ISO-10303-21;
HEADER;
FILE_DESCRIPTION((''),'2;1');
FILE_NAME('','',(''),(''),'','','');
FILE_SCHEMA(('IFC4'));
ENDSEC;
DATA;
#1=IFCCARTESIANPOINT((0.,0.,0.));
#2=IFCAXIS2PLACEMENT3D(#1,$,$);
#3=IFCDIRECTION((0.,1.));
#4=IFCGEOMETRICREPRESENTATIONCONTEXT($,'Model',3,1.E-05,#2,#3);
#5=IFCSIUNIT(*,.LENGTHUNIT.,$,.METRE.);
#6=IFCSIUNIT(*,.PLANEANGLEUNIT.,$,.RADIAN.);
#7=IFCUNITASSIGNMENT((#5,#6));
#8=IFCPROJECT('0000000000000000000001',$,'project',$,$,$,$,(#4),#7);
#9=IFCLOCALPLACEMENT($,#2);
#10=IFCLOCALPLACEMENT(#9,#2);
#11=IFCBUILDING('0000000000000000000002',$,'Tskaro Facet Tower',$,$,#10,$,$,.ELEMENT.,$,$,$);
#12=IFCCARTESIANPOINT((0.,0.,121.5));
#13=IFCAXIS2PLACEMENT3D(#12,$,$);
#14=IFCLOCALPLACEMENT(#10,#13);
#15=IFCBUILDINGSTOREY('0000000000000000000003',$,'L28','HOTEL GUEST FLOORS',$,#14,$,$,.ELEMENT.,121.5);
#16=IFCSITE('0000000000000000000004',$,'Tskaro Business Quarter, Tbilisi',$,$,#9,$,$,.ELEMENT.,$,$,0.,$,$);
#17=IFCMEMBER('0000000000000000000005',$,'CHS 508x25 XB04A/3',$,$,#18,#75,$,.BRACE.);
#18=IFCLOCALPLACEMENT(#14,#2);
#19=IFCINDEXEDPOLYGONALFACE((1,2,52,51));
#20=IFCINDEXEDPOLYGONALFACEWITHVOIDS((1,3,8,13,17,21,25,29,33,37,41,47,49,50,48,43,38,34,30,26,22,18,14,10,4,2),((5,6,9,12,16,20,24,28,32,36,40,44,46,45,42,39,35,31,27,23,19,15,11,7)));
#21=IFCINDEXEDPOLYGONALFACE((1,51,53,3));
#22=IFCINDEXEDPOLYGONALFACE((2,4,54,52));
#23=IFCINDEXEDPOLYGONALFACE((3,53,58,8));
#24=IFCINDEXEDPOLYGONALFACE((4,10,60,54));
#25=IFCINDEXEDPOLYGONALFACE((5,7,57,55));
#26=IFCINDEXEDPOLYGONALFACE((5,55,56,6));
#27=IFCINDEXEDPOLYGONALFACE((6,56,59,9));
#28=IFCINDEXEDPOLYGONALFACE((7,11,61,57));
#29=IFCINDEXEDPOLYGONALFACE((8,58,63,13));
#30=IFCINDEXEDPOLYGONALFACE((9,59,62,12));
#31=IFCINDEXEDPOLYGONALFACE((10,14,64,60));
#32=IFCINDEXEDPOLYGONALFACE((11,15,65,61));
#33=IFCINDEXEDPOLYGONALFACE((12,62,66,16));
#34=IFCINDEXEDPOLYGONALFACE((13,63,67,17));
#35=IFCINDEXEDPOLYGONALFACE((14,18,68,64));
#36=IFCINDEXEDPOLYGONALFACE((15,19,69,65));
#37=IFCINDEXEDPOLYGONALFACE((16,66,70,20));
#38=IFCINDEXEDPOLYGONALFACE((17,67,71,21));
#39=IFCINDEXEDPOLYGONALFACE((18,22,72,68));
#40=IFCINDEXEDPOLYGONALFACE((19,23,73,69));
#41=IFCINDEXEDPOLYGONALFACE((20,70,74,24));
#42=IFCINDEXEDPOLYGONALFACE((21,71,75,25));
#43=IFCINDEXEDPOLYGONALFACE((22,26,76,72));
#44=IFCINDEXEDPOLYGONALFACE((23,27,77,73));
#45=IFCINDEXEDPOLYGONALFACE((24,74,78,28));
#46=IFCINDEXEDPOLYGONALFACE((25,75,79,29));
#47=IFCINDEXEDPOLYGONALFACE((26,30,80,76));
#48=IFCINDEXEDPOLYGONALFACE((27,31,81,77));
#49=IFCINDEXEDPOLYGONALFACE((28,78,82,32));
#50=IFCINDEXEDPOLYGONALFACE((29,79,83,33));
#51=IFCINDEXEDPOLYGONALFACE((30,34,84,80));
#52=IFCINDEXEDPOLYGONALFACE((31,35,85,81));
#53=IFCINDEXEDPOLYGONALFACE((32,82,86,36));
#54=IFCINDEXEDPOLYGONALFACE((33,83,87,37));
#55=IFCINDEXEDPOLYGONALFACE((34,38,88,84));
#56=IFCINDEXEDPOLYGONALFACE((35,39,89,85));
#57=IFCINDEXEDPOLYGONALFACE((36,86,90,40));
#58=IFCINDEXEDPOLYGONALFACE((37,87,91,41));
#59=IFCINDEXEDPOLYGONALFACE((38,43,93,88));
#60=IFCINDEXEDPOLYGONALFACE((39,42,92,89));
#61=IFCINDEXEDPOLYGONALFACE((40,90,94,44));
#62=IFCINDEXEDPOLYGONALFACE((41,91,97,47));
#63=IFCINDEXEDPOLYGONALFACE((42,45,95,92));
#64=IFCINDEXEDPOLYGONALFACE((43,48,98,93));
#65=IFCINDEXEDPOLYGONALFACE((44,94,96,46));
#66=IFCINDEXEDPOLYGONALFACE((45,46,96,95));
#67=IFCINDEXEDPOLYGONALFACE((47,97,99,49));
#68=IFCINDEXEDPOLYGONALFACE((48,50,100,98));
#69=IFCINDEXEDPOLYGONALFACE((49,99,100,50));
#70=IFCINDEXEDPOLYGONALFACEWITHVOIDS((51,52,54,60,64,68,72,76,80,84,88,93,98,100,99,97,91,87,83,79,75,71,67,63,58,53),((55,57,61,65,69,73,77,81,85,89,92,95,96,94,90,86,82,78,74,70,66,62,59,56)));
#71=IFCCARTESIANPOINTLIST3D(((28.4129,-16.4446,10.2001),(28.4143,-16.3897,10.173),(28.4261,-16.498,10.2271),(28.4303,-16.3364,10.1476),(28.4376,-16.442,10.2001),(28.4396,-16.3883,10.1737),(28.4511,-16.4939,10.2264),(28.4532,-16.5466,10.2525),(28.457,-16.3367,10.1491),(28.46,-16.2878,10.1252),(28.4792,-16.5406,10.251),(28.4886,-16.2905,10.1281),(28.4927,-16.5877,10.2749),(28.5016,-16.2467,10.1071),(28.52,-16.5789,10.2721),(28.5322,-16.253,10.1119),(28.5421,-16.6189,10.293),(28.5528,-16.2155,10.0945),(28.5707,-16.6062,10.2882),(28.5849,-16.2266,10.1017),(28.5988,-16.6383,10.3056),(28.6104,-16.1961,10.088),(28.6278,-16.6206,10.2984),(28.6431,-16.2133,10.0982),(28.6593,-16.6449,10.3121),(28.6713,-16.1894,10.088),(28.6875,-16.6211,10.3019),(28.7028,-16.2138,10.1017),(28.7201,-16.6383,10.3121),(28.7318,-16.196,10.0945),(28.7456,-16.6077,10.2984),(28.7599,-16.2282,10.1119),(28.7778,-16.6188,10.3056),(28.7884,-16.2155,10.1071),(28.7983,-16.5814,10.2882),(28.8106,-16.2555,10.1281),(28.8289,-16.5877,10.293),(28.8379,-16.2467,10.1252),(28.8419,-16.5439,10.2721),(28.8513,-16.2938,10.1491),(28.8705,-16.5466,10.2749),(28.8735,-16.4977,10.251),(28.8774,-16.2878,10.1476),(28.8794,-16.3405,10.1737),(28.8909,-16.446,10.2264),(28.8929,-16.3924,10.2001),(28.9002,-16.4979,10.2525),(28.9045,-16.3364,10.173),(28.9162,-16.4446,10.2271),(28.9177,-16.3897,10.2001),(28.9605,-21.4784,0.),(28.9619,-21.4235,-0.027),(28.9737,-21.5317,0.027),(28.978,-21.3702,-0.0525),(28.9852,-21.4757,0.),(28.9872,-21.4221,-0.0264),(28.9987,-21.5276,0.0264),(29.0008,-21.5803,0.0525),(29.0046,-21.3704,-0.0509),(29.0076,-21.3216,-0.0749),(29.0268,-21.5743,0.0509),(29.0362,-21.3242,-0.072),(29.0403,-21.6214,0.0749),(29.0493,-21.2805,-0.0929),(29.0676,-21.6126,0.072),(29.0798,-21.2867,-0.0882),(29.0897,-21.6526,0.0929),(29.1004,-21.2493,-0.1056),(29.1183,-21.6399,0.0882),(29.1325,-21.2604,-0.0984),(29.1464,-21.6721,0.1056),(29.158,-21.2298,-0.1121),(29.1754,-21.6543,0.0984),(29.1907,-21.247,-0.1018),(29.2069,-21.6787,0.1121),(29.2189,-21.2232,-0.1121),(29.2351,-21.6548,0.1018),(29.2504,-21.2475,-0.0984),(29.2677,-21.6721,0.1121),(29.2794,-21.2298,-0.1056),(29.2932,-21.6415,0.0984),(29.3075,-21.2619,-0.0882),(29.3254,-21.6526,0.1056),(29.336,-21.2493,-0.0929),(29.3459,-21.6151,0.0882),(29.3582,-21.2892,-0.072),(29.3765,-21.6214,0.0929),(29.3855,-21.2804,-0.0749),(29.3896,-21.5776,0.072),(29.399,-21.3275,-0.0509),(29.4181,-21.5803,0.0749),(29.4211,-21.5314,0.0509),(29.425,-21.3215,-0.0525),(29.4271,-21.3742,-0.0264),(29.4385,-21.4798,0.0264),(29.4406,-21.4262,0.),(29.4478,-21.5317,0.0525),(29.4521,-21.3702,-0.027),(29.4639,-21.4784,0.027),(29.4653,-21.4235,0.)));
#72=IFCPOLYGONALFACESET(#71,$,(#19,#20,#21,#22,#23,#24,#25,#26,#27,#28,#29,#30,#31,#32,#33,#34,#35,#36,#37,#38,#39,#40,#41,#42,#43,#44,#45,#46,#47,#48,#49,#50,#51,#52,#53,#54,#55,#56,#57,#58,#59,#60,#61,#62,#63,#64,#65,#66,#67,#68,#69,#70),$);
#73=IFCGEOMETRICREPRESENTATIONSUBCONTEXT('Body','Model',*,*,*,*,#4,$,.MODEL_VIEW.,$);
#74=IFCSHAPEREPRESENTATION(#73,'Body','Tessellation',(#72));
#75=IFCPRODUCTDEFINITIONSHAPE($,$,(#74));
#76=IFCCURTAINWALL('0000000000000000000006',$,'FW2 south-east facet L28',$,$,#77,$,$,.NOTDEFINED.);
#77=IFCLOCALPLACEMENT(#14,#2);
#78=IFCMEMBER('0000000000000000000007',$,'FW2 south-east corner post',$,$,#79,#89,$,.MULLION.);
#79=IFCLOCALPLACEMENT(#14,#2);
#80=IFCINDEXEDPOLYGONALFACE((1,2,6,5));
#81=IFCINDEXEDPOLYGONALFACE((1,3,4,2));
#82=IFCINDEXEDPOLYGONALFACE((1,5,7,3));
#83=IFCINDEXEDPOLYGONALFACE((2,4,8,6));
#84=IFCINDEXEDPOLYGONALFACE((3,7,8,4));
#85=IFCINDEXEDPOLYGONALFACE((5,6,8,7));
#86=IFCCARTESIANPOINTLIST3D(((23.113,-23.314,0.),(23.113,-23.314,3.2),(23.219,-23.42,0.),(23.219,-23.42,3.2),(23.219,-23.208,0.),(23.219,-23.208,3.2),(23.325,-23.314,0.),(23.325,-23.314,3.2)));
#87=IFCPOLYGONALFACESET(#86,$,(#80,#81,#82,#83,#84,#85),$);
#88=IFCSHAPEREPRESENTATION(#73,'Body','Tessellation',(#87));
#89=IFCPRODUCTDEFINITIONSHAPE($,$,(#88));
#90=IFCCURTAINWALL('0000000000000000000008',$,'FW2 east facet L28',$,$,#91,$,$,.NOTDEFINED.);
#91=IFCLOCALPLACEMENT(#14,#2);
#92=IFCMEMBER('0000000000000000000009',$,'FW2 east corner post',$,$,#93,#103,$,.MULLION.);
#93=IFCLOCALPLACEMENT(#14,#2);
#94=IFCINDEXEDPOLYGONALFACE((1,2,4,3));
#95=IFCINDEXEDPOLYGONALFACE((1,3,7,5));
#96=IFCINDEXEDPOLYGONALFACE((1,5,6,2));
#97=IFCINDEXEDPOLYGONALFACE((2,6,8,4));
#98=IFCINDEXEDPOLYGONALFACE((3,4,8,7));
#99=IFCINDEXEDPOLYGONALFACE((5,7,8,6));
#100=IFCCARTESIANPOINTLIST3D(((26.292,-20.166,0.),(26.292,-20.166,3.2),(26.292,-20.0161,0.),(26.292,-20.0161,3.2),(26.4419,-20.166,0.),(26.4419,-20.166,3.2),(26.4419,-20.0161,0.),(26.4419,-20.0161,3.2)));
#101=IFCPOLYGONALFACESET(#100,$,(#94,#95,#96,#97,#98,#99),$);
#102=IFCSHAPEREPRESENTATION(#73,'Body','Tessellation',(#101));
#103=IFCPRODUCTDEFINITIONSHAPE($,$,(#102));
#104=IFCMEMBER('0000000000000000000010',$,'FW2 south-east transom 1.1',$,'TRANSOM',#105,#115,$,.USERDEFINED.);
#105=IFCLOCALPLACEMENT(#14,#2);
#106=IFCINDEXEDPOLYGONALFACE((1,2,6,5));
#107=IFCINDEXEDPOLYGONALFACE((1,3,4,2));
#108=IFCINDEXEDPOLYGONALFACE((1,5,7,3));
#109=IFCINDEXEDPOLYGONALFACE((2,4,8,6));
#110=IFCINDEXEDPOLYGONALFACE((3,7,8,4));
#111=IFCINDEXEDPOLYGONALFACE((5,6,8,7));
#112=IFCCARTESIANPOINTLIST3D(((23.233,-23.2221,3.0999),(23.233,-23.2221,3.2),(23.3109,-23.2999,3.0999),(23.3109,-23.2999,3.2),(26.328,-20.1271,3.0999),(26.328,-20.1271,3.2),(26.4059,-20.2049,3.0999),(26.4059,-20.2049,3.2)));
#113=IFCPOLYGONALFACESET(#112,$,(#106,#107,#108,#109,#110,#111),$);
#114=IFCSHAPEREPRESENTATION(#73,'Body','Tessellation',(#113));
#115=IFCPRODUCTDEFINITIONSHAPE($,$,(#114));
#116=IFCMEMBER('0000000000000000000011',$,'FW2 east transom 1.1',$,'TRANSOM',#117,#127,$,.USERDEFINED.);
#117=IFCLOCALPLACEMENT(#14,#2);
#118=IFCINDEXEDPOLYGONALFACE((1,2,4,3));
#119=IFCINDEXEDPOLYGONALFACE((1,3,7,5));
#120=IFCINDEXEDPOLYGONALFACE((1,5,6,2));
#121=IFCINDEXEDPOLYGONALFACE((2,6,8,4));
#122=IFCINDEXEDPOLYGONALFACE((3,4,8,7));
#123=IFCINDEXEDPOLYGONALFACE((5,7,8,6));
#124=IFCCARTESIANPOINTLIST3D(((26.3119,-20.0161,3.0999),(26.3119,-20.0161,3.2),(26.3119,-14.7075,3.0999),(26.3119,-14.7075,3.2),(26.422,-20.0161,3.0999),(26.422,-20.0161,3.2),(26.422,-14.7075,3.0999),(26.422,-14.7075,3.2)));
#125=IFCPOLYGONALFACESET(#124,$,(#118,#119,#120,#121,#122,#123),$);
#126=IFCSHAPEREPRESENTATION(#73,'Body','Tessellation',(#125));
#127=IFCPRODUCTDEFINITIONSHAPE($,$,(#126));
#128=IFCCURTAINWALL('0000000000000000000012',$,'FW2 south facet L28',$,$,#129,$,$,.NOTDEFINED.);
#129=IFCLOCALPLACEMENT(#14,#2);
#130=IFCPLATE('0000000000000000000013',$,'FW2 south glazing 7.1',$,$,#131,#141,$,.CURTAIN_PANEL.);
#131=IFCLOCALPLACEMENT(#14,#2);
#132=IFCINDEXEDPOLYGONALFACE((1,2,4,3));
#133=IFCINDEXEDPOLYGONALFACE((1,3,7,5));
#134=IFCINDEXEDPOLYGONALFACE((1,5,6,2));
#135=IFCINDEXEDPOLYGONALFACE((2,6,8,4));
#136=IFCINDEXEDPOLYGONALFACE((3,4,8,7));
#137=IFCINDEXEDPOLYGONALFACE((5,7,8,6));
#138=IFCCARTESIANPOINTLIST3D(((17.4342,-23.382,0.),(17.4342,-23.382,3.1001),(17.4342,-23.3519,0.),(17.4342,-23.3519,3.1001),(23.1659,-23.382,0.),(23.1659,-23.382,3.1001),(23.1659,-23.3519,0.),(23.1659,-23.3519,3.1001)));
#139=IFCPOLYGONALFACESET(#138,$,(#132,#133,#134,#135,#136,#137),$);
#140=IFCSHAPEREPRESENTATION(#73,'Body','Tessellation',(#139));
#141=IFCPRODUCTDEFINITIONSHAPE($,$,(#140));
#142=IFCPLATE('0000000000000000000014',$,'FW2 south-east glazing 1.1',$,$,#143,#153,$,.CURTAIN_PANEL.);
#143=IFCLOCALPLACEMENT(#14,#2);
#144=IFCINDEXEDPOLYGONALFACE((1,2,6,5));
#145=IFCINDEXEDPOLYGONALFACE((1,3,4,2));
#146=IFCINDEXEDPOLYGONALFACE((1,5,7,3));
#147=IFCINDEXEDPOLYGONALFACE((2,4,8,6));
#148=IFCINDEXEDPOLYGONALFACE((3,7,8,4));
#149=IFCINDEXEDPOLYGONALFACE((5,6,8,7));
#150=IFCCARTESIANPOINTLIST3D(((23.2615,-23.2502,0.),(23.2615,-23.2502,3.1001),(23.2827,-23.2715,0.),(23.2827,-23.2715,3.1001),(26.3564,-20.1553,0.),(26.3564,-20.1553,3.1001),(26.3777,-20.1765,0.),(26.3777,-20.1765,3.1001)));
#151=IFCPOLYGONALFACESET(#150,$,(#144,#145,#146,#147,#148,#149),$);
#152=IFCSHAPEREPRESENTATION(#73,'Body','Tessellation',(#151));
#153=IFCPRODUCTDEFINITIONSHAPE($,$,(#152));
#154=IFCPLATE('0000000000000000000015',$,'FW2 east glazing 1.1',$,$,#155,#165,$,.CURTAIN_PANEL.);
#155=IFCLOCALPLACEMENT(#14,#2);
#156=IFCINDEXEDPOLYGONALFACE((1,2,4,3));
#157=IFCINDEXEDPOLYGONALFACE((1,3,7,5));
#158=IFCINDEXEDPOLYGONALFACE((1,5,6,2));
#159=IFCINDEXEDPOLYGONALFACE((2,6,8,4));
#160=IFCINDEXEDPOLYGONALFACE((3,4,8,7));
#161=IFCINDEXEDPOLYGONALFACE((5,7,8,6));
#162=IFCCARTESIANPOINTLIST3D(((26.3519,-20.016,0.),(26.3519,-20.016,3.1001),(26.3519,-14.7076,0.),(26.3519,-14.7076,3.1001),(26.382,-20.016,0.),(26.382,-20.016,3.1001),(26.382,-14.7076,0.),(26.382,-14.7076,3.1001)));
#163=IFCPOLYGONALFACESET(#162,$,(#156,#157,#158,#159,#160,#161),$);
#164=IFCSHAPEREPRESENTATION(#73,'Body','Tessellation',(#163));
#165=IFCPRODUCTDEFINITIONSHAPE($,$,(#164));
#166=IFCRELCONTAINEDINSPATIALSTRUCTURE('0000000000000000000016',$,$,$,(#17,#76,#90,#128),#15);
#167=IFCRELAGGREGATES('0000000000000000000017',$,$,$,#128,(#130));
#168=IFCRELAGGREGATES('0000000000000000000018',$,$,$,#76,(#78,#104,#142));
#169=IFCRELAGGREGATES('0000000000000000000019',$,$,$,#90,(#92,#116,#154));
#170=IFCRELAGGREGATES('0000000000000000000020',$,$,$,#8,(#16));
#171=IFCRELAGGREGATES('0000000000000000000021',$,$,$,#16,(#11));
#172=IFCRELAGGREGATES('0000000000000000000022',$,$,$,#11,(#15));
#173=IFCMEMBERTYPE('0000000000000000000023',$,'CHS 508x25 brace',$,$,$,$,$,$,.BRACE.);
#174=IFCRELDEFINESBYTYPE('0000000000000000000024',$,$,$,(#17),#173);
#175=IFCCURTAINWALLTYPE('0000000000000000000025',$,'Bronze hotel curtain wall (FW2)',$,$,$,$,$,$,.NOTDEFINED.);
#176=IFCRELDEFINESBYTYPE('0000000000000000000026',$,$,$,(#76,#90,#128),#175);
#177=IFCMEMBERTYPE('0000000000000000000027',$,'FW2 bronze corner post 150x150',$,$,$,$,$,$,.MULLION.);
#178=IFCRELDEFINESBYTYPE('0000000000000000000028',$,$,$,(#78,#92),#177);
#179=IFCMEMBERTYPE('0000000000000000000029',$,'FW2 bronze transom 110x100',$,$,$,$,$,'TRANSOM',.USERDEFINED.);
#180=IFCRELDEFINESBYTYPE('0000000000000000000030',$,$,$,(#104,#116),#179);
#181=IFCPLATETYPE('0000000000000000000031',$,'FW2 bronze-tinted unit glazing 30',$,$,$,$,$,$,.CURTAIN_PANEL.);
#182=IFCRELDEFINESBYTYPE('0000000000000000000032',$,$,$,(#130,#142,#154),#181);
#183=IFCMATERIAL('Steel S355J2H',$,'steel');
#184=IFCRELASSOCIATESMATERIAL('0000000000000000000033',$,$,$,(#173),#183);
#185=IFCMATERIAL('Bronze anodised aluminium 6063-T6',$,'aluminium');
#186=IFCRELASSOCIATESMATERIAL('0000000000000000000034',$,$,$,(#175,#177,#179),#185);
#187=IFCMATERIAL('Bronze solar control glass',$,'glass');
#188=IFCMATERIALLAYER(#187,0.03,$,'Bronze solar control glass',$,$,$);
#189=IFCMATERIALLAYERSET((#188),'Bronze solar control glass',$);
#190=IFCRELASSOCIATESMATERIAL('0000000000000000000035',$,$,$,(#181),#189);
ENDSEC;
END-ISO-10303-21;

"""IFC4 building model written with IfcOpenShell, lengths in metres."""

from ifc_helpers import new_model, si_unit, direction, frame, origin, origin_2d, place, context, subcontext, project, spatial, rectangle, hollow_circle, extrude, material, layer, layer_set, material_profile, profile_set, type_object, element, aggregate, save


model = new_model("IFC4")

# Units and contexts
model_context = context("Model", 3, precision=1e-05, world=origin(), true_north=direction((0.0, 1.0)))
body_context = subcontext(model_context, "Body", "Model", "MODEL_VIEW")
ifc_project = project(units=[si_unit("LENGTHUNIT", "METRE"), si_unit("PLANEANGLEUNIT", "RADIAN")], contexts=[model_context])

# Site, building, storey
site_placement = place(None, origin())
site = spatial("IfcSite", under=ifc_project, at=site_placement, Name="Tskaro Business Quarter, Tbilisi", CompositionType="ELEMENT", RefElevation=0.0)
building_placement = place(site_placement, origin())
building = spatial("IfcBuilding", under=site, at=building_placement, Name="Tskaro Facet Tower", CompositionType="ELEMENT")
storey_placement = place(building_placement, frame((0.0, 0.0, 121.5)))
storey = spatial("IfcBuildingStorey", under=building, at=storey_placement, Name="L28", Description="HOTEL GUEST FLOORS", CompositionType="ELEMENT", Elevation=121.5)

# Shared definitions
ifc_material_1 = material(Name="Steel S355J2H", Category="steel")

# Member
ifc_material_profile_1 = material_profile(ifc_material_1, hollow_circle(Radius=0.2539, WallThickness=0.0249, at=origin_2d()), Name="CHS 508x25")
ifc_profile_set_1 = profile_set([ifc_material_profile_1], Name="Steel S355J2H")
member_type_1 = type_object("IfcMemberType", Name="CHS 508x25 brace", PredefinedType="BRACE", material=ifc_profile_set_1)
member_1_placement = place(storey_placement, frame((29.2129, -21.4509, 0.0), z_axis=(-0.048088, 0.442034, 0.895709), x_axis=(-0.994135, -0.10815, 0.0)))
element("IfcMember", 1, at=member_1_placement, inside=storey, type_object=member_type_1, Name="CHS 508x25 XB04A/3", PredefinedType="BRACE", context=body_context, shape_type="SweptSolid", body=[
    extrude(hollow_circle(Radius=0.2539, WallThickness=0.0249, at=origin_2d()), origin(), (0.0, 0.0, 1.0), 11.3877),
])

# Curtain walls, members
ifc_material_2 = material(Name="Bronze anodised aluminium 6063-T6", Category="aluminium")
curtain_wall_type = type_object("IfcCurtainWallType", Name="Bronze hotel curtain wall (FW2)", PredefinedType="NOTDEFINED", material=ifc_material_2)
curtain_wall_1_placement = place(storey_placement, origin())
curtain_wall_1 = element("IfcCurtainWall", 2, at=curtain_wall_1_placement, inside=storey, type_object=curtain_wall_type, Name="FW2 south-east facet L28", PredefinedType="NOTDEFINED")
ifc_material_profile_2 = material_profile(ifc_material_2, rectangle(XDim=0.1499, YDim=0.1499, at=origin_2d()), Name="Corner post 150x150")
ifc_profile_set_2 = profile_set([ifc_material_profile_2], Name="Bronze anodised aluminium 6063-T6")
member_type_2 = type_object("IfcMemberType", Name="FW2 bronze corner post 150x150", PredefinedType="MULLION", material=ifc_profile_set_2)
member_2_placement = place(storey_placement, frame((23.219, -23.314, 0.0), z_axis=(0.0, 0.0, 1.0), x_axis=(0.707107, 0.707107, 0.0)))
member_2 = element("IfcMember", 3, at=member_2_placement, type_object=member_type_2, Name="FW2 south-east corner post", PredefinedType="MULLION", context=body_context, shape_type="SweptSolid", body=[
    extrude(rectangle(XDim=0.1499, YDim=0.1499, at=origin_2d()), origin(), (0.0, 0.0, 1.0), 3.2),
])
curtain_wall_2_placement = place(storey_placement, origin())
curtain_wall_2 = element("IfcCurtainWall", 4, at=curtain_wall_2_placement, inside=storey, type_object=curtain_wall_type, Name="FW2 east facet L28", PredefinedType="NOTDEFINED")
member_3_placement = place(storey_placement, frame((26.3669, -20.0911, 0.0), z_axis=(0.0, 0.0, 1.0), x_axis=(0.0, 1.0, 0.0)))
member_3 = element("IfcMember", 5, at=member_3_placement, type_object=member_type_2, Name="FW2 east corner post", PredefinedType="MULLION", context=body_context, shape_type="SweptSolid", body=[
    extrude(rectangle(XDim=0.1499, YDim=0.1499, at=origin_2d()), origin(), (0.0, 0.0, 1.0), 3.2),
])

# Members
ifc_material_profile_3 = material_profile(ifc_material_2, rectangle(XDim=0.1101, YDim=0.1001, at=origin_2d()), Name="Transom 110x100")
ifc_profile_set_3 = profile_set([ifc_material_profile_3], Name="Bronze anodised aluminium 6063-T6")
member_type_3 = type_object("IfcMemberType", Name="FW2 bronze transom 110x100", ElementType="TRANSOM", PredefinedType="USERDEFINED", material=ifc_profile_set_3)
member_4_placement = place(storey_placement, frame((23.272, -23.261, 3.1499), z_axis=(0.707107, 0.707107, 0.0), x_axis=(-0.707107, 0.707107, 0.0)))
member_4 = element("IfcMember", 6, at=member_4_placement, type_object=member_type_3, Name="FW2 south-east transom 1.1", ObjectType="TRANSOM", PredefinedType="USERDEFINED", context=body_context, shape_type="SweptSolid", body=[
    extrude(rectangle(XDim=0.1101, YDim=0.1001, at=origin_2d()), origin(), (0.0, 0.0, 1.0), 4.377),
])
member_5_placement = place(storey_placement, frame((26.3669, -20.0161, 3.1499), z_axis=(0.0, 1.0, 0.0), x_axis=(-1.0, 0.0, 0.0)))
member_5 = element("IfcMember", 7, at=member_5_placement, type_object=member_type_3, Name="FW2 east transom 1.1", ObjectType="TRANSOM", PredefinedType="USERDEFINED", context=body_context, shape_type="SweptSolid", body=[
    extrude(rectangle(XDim=0.1101, YDim=0.1001, at=origin_2d()), origin(), (0.0, 0.0, 1.0), 5.3086),
])

# Curtain wall, plate
curtain_wall_3_placement = place(storey_placement, origin())
curtain_wall_3 = element("IfcCurtainWall", 8, at=curtain_wall_3_placement, inside=storey, type_object=curtain_wall_type, Name="FW2 south facet L28", PredefinedType="NOTDEFINED")
ifc_material_3 = material(Name="Bronze solar control glass", Category="glass")
ifc_layer_1 = layer(ifc_material_3, 0.03, Name="Bronze solar control glass")
ifc_layer_set_1 = layer_set([ifc_layer_1], Name="Bronze solar control glass")
plate_type = type_object("IfcPlateType", Name="FW2 bronze-tinted unit glazing 30", PredefinedType="CURTAIN_PANEL", material=ifc_layer_set_1)
plate_1_placement = place(storey_placement, frame((20.3, -23.3669, 0.0), z_axis=(0.0, 0.0, 1.0), x_axis=(1.0, 0.0, 0.0)))
plate_1 = element("IfcPlate", 9, at=plate_1_placement, type_object=plate_type, Name="FW2 south glazing 7.1", PredefinedType="CURTAIN_PANEL", context=body_context, shape_type="SweptSolid", body=[
    extrude(rectangle(XDim=5.7317, YDim=0.03, at=origin_2d()), origin(), (0.0, 0.0, 1.0), 3.1001),
])
aggregate(curtain_wall_3, [plate_1])

# Plates
plate_2_placement = place(storey_placement, frame((24.8196, -21.7134, 0.0), z_axis=(0.0, 0.0, 1.0), x_axis=(0.707107, 0.707107, 0.0)))
plate_2 = element("IfcPlate", 10, at=plate_2_placement, type_object=plate_type, Name="FW2 south-east glazing 1.1", PredefinedType="CURTAIN_PANEL", context=body_context, shape_type="SweptSolid", body=[
    extrude(rectangle(XDim=4.377, YDim=0.03, at=origin_2d()), origin(), (0.0, 0.0, 1.0), 3.1001),
])
aggregate(curtain_wall_1, [member_2, member_4, plate_2])
plate_3_placement = place(storey_placement, frame((26.3669, -17.3618, 0.0), z_axis=(0.0, 0.0, 1.0), x_axis=(0.0, 1.0, 0.0)))
plate_3 = element("IfcPlate", 11, at=plate_3_placement, type_object=plate_type, Name="FW2 east glazing 1.1", PredefinedType="CURTAIN_PANEL", context=body_context, shape_type="SweptSolid", body=[
    extrude(rectangle(XDim=5.3083, YDim=0.03, at=origin_2d()), origin(), (0.0, 0.0, 1.0), 3.1001),
])
aggregate(curtain_wall_2, [member_3, member_5, plate_3])

save(model, "model.ifc")
